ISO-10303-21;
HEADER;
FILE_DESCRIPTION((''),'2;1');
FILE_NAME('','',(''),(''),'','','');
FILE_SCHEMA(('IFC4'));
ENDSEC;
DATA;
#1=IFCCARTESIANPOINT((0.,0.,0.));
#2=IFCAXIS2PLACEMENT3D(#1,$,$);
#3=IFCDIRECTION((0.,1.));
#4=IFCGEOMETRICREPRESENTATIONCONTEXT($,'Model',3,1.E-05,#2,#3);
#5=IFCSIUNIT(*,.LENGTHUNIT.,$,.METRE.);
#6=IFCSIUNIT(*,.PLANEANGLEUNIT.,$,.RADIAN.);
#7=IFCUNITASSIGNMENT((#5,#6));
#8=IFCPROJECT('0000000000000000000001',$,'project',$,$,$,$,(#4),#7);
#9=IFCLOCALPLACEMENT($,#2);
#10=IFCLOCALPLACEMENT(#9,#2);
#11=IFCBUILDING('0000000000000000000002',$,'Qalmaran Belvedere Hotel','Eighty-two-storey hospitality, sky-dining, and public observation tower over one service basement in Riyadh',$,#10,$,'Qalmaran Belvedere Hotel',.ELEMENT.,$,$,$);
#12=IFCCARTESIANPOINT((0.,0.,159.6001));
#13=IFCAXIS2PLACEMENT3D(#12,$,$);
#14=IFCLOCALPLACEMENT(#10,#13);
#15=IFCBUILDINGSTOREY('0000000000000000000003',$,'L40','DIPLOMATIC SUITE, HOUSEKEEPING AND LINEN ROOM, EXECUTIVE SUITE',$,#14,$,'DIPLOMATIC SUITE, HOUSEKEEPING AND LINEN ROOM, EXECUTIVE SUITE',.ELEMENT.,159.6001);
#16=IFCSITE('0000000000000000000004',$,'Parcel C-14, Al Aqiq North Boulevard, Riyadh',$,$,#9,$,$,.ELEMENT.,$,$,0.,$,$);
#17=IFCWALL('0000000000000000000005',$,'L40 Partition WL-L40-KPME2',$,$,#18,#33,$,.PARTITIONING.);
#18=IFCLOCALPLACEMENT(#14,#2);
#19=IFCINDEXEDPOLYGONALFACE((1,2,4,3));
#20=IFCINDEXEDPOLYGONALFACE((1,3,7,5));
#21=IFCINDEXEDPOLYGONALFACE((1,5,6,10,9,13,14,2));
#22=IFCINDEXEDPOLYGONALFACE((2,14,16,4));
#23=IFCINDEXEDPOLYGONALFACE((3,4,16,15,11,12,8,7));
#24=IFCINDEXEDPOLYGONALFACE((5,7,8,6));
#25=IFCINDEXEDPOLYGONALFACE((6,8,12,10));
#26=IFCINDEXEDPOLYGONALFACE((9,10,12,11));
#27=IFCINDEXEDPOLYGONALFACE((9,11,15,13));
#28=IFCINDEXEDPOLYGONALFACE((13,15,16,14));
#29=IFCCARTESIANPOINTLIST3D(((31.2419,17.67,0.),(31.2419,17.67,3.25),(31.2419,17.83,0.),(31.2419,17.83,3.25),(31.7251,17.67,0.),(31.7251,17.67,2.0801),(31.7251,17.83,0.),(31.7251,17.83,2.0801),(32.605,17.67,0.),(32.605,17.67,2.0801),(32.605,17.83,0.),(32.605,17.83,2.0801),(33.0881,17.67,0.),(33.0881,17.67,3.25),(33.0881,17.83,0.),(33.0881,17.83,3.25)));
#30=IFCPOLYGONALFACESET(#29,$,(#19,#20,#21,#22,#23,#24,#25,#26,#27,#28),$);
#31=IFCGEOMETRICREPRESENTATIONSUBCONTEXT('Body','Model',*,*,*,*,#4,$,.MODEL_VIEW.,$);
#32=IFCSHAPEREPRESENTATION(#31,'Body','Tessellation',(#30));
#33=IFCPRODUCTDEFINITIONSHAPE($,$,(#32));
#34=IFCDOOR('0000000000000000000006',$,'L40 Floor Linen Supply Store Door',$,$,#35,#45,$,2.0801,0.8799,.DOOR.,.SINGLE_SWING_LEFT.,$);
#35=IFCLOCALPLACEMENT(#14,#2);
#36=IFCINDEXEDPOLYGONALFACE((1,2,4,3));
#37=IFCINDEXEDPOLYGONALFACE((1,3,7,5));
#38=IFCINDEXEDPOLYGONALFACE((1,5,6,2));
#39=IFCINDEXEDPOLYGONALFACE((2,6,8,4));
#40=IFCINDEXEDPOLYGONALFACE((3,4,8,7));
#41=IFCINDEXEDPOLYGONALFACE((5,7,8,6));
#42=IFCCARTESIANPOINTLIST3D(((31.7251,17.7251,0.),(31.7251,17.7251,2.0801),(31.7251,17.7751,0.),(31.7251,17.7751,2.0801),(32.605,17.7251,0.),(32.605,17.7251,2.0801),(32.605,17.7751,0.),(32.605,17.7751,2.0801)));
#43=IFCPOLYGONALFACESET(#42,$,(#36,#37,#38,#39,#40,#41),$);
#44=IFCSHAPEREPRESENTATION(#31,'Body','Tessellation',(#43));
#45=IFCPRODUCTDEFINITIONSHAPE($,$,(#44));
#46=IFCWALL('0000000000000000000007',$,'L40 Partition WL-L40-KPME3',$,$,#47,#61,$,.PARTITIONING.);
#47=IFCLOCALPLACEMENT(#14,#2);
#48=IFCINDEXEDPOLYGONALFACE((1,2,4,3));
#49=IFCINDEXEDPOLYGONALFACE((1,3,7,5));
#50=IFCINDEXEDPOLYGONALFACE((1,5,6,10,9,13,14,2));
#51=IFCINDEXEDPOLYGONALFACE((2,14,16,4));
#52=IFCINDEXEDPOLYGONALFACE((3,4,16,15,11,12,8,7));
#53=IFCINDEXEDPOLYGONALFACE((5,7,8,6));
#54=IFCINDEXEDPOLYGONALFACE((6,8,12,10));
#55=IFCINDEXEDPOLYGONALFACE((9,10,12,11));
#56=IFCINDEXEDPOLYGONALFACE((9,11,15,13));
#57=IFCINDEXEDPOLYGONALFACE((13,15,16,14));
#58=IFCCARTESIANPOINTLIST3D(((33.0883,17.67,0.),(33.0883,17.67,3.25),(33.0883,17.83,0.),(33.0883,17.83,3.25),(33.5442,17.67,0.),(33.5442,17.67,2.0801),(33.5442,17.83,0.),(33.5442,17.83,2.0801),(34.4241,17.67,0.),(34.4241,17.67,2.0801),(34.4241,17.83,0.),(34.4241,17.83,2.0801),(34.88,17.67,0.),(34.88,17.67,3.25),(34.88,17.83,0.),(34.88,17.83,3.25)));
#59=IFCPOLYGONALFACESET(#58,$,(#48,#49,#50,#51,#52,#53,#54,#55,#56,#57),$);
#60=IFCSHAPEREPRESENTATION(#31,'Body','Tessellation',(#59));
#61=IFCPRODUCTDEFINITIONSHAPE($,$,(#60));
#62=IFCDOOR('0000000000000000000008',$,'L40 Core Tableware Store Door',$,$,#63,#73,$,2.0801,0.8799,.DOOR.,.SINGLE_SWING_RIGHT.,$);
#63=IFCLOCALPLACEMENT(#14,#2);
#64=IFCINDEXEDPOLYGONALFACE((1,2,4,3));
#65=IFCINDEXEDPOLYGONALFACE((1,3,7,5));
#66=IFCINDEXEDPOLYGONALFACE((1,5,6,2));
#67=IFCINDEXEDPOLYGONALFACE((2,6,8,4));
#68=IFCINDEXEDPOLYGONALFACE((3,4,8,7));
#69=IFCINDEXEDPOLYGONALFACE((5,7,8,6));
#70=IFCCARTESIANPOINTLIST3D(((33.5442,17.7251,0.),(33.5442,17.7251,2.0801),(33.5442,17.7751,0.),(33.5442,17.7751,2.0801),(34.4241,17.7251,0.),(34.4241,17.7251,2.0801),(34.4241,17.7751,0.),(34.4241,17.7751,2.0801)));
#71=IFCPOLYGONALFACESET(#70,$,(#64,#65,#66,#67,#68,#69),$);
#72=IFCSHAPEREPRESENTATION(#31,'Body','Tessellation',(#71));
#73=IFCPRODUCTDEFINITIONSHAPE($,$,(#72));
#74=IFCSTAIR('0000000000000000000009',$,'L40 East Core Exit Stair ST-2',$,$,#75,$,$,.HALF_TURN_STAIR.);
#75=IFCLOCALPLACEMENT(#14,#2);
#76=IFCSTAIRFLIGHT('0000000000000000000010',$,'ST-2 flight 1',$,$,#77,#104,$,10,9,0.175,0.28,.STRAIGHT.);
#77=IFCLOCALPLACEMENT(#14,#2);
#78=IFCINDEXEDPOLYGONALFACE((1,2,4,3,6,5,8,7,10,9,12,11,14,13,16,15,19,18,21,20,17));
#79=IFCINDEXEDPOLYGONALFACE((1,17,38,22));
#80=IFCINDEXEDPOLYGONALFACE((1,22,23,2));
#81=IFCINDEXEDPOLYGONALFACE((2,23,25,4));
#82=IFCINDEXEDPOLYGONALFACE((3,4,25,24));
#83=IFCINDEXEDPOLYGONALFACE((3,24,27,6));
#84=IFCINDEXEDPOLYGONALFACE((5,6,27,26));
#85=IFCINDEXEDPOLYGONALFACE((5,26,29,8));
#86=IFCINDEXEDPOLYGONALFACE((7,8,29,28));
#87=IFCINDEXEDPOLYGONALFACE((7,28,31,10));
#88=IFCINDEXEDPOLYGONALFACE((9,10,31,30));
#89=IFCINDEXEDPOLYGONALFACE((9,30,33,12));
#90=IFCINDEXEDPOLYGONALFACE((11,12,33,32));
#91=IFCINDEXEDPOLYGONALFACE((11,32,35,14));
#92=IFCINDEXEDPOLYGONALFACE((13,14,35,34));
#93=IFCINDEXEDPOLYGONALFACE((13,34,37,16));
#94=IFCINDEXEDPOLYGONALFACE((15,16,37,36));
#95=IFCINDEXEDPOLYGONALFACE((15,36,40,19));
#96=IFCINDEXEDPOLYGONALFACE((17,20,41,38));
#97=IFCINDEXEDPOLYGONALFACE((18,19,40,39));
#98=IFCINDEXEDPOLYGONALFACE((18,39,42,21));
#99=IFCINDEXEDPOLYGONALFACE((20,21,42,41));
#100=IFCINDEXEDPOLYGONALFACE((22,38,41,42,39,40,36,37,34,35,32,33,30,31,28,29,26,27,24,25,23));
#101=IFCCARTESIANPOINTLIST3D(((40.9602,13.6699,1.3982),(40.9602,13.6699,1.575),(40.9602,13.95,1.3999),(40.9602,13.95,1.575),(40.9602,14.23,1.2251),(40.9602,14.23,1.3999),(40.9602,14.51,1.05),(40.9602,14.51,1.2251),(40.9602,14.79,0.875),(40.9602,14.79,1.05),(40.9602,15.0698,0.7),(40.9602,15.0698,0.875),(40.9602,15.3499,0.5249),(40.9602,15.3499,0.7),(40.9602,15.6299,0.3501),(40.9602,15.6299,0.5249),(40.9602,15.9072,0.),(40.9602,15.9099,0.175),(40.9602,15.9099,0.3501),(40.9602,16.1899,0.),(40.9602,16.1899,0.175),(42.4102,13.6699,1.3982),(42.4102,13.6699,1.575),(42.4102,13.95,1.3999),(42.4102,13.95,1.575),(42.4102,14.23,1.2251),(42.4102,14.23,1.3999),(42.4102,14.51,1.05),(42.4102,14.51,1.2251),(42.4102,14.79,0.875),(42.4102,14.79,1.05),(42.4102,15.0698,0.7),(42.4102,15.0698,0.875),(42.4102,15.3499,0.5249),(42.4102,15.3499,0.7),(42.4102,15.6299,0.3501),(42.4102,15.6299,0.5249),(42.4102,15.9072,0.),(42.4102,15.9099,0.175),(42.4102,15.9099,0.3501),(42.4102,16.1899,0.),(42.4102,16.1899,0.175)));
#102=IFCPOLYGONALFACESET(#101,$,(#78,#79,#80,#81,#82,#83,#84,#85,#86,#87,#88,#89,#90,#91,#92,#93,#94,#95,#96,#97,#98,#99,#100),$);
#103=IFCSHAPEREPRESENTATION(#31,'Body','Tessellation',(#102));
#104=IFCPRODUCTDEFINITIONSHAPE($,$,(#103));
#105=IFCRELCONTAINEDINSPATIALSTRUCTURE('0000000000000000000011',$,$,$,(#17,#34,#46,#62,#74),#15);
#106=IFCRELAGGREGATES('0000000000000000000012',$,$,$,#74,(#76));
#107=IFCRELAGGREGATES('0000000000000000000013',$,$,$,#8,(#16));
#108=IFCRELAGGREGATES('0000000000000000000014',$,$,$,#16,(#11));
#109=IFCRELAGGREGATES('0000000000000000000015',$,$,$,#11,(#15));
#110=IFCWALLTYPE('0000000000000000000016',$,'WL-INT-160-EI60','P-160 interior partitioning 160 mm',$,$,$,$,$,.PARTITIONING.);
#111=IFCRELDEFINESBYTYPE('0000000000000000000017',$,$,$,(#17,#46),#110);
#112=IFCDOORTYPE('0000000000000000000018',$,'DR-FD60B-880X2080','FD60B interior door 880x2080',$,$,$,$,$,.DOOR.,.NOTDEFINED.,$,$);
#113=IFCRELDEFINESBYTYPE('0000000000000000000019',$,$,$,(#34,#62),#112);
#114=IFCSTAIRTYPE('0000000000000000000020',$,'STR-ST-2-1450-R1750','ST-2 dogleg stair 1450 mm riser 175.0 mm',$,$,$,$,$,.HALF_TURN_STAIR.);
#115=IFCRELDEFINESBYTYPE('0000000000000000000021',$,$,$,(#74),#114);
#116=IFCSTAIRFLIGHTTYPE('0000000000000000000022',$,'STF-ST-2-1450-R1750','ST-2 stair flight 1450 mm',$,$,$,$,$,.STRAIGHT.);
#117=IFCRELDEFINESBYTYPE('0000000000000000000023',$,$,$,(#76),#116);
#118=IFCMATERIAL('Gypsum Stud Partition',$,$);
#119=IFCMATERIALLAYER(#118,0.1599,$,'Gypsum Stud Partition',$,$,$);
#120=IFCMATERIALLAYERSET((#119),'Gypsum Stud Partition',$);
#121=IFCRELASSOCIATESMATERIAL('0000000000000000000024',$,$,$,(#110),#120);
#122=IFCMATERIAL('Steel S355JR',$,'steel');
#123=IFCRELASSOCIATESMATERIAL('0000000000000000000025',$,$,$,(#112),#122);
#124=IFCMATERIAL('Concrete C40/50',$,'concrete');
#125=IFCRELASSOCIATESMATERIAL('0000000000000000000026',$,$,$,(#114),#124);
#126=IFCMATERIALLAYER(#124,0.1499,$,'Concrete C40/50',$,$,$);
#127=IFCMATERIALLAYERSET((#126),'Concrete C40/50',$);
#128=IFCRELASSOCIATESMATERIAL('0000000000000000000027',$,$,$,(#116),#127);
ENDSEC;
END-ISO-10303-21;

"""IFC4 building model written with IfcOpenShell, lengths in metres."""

from ifc_helpers import new_model, si_unit, direction, frame, frame_2d, origin, place, context, subcontext, project, spatial, polyline, rectangle, outline, extrude, material, layer, layer_set, type_object, element, fill, aggregate, save


model = new_model("IFC4")

# Units and contexts
model_context = context("Model", 3, precision=1e-05, world=origin(), true_north=direction((0.0, 1.0)))
body_context = subcontext(model_context, "Body", "Model", "MODEL_VIEW")
ifc_project = project(units=[si_unit("LENGTHUNIT", "METRE"), si_unit("PLANEANGLEUNIT", "RADIAN")], contexts=[model_context])

# Site, building, storey
site_placement = place(None, origin())
site = spatial("IfcSite", under=ifc_project, at=site_placement, Name="Parcel C-14, Al Aqiq North Boulevard, Riyadh", CompositionType="ELEMENT", RefElevation=0.0)
building_placement = place(site_placement, origin())
building = spatial("IfcBuilding", under=site, at=building_placement, Name="Qalmaran Belvedere Hotel", Description="Eighty-two-storey hospitality, sky-dining, and public observation tower over one service basement in Riyadh", LongName="Qalmaran Belvedere Hotel", CompositionType="ELEMENT")
storey_placement = place(building_placement, frame((0.0, 0.0, 159.6001)))
storey = spatial("IfcBuildingStorey", under=building, at=storey_placement, Name="L40", Description="DIPLOMATIC SUITE, HOUSEKEEPING AND LINEN ROOM, EXECUTIVE SUITE", LongName="DIPLOMATIC SUITE, HOUSEKEEPING AND LINEN ROOM, EXECUTIVE SUITE", CompositionType="ELEMENT", Elevation=159.6001)

# Shared definitions
ifc_material_1 = material(Name="Steel S355JR", Category="steel")

# Shared definitions
ifc_material_2 = material(Name="Gypsum Stud Partition")

# Walls, openings, doors
ifc_layer_1 = layer(ifc_material_2, 0.1599, Name="Gypsum Stud Partition")
ifc_layer_set_1 = layer_set([ifc_layer_1], Name="Gypsum Stud Partition")
wall_type_1 = type_object("IfcWallType", Name="WL-INT-160-EI60", Description="P-160 interior partitioning 160 mm", PredefinedType="PARTITIONING", material=ifc_layer_set_1)
door_type_1 = type_object("IfcDoorType", Name="DR-FD60B-880X2080", Description="FD60B interior door 880x2080", OperationType="NOTDEFINED", PredefinedType="DOOR", material=ifc_material_1)
wall_1_placement = place(storey_placement, frame((31.2419, 17.75, 0.0), z_axis=(0.0, 0.0, 1.0), x_axis=(1.0, 0.0, 0.0)))
wall_1 = element("IfcWall", 1, at=wall_1_placement, inside=storey, type_object=wall_type_1, Name="L40 Partition WL-L40-KPME2", PredefinedType="PARTITIONING", context=body_context, shape_type="SweptSolid", body=[
    extrude(rectangle(XDim=1.8462, YDim=0.1599, at=frame_2d((0.9231, 0.0))), origin(), (0.0, 0.0, 1.0), 3.25),
])
opening_1_placement = place(wall_1_placement, frame((1.363, 0.0, 0.0), z_axis=(0.0, 0.0, 1.0), x_axis=(-1.0, 0.0, 0.0)))
opening_1 = element("IfcOpeningElement", 2, at=opening_1_placement, cuts=wall_1, PredefinedType="OPENING", context=body_context, shape_type="SweptSolid", body=[
    extrude(rectangle(XDim=0.8799, YDim=2.0801, at=frame_2d((0.4399, 1.04))), frame((0.0, 0.0898, 0.0), z_axis=(0.0, -1.0, 0.0), x_axis=(1.0, 0.0, 0.0)), (0.0, 0.0, 1.0), 0.1799),
])
door_1_placement = place(opening_1_placement, origin())
door_1 = element("IfcDoor", 3, at=door_1_placement, inside=storey, type_object=door_type_1, Name="L40 Floor Linen Supply Store Door", OperationType="SINGLE_SWING_LEFT", OverallHeight=2.0801, OverallWidth=0.8799, PredefinedType="DOOR", context=body_context, shape_type="SweptSolid", body=[
    extrude(rectangle(XDim=0.8799, YDim=2.0801, at=frame_2d((0.4399, 1.04))), frame((0.0, 0.0249, 0.0), z_axis=(0.0, -1.0, 0.0), x_axis=(1.0, 0.0, 0.0)), (0.0, 0.0, 1.0), 0.05),
])
fill(opening_1, door_1)
wall_2_placement = place(storey_placement, frame((33.0881, 17.75, 0.0), z_axis=(0.0, 0.0, 1.0), x_axis=(1.0, 0.0, 0.0)))
wall_2 = element("IfcWall", 4, at=wall_2_placement, inside=storey, type_object=wall_type_1, Name="L40 Partition WL-L40-KPME3", PredefinedType="PARTITIONING", context=body_context, shape_type="SweptSolid", body=[
    extrude(rectangle(XDim=1.7917, YDim=0.1599, at=frame_2d((0.896, 0.0))), origin(), (0.0, 0.0, 1.0), 3.25),
])
opening_2_placement = place(wall_2_placement, frame((1.3359, 0.0, 0.0), z_axis=(0.0, 0.0, 1.0), x_axis=(-1.0, 0.0, 0.0)))
opening_2 = element("IfcOpeningElement", 5, at=opening_2_placement, cuts=wall_2, PredefinedType="OPENING", context=body_context, shape_type="SweptSolid", body=[
    extrude(rectangle(XDim=0.8799, YDim=2.0801, at=frame_2d((0.4399, 1.04))), frame((0.0, 0.0898, 0.0), z_axis=(0.0, -1.0, 0.0), x_axis=(1.0, 0.0, 0.0)), (0.0, 0.0, 1.0), 0.1799),
])
door_2_placement = place(opening_2_placement, origin())
door_2 = element("IfcDoor", 6, at=door_2_placement, inside=storey, type_object=door_type_1, Name="L40 Core Tableware Store Door", OperationType="SINGLE_SWING_RIGHT", OverallHeight=2.0801, OverallWidth=0.8799, PredefinedType="DOOR", context=body_context, shape_type="SweptSolid", body=[
    extrude(rectangle(XDim=0.8799, YDim=2.0801, at=frame_2d((0.4399, 1.04))), frame((0.0, 0.0249, 0.0), z_axis=(0.0, -1.0, 0.0), x_axis=(1.0, 0.0, 0.0)), (0.0, 0.0, 1.0), 0.05),
])
fill(opening_2, door_2)

# Stair, stair flight
ifc_material_3 = material(Name="Concrete C40/50", Category="concrete")
stair_type = type_object("IfcStairType", Name="STR-ST-2-1450-R1750", Description="ST-2 dogleg stair 1450 mm riser 175.0 mm", PredefinedType="HALF_TURN_STAIR", material=ifc_material_3)
stair_placement = place(storey_placement, origin())
stair = element("IfcStair", 7, at=stair_placement, inside=storey, type_object=stair_type, Name="L40 East Core Exit Stair ST-2", PredefinedType="HALF_TURN_STAIR")
ifc_layer_2 = layer(ifc_material_3, 0.1499, Name="Concrete C40/50")
ifc_layer_set_2 = layer_set([ifc_layer_2], Name="Concrete C40/50")
stair_flight_type = type_object("IfcStairFlightType", Name="STF-ST-2-1450-R1750", Description="ST-2 stair flight 1450 mm", PredefinedType="STRAIGHT", material=ifc_layer_set_2)
stair_flight_placement = place(storey_placement, frame((41.6851, 16.1899, 0.0), z_axis=(0.0, 0.0, 1.0), x_axis=(0.0, -1.0, 0.0)))
stair_flight = element("IfcStairFlight", 8, at=stair_flight_placement, type_object=stair_flight_type, Name="ST-2 flight 1", NumberOfRisers=10, NumberOfTreads=9, PredefinedType="STRAIGHT", RiserHeight=0.175, TreadLength=0.28, context=body_context, shape_type="SweptSolid", body=[
    extrude(outline(polyline([(0.0, 0.0), (0.0, 0.175), (0.28, 0.175), (0.28, 0.3501), (0.5601, 0.3501), (0.5601, 0.5249), (0.8401, 0.5249), (0.8401, 0.7), (1.1201, 0.7), (1.1201, 0.875), (1.3999, 0.875), (1.3999, 1.05), (1.6799, 1.05), (1.6799, 1.2251), (1.96, 1.2251), (1.96, 1.3999), (2.24, 1.3999), (2.24, 1.575), (2.52, 1.575), (2.52, 1.75), (2.52, 1.3982), (0.2827, 0.0), (0.0, 0.0)])), frame((0.0, 0.7251, 0.0), z_axis=(0.0, -1.0, 0.0), x_axis=(1.0, 0.0, 0.0)), (0.0, 0.0, 1.0), 1.45),
])
aggregate(stair, [stair_flight])

save(model, "model.ifc")
